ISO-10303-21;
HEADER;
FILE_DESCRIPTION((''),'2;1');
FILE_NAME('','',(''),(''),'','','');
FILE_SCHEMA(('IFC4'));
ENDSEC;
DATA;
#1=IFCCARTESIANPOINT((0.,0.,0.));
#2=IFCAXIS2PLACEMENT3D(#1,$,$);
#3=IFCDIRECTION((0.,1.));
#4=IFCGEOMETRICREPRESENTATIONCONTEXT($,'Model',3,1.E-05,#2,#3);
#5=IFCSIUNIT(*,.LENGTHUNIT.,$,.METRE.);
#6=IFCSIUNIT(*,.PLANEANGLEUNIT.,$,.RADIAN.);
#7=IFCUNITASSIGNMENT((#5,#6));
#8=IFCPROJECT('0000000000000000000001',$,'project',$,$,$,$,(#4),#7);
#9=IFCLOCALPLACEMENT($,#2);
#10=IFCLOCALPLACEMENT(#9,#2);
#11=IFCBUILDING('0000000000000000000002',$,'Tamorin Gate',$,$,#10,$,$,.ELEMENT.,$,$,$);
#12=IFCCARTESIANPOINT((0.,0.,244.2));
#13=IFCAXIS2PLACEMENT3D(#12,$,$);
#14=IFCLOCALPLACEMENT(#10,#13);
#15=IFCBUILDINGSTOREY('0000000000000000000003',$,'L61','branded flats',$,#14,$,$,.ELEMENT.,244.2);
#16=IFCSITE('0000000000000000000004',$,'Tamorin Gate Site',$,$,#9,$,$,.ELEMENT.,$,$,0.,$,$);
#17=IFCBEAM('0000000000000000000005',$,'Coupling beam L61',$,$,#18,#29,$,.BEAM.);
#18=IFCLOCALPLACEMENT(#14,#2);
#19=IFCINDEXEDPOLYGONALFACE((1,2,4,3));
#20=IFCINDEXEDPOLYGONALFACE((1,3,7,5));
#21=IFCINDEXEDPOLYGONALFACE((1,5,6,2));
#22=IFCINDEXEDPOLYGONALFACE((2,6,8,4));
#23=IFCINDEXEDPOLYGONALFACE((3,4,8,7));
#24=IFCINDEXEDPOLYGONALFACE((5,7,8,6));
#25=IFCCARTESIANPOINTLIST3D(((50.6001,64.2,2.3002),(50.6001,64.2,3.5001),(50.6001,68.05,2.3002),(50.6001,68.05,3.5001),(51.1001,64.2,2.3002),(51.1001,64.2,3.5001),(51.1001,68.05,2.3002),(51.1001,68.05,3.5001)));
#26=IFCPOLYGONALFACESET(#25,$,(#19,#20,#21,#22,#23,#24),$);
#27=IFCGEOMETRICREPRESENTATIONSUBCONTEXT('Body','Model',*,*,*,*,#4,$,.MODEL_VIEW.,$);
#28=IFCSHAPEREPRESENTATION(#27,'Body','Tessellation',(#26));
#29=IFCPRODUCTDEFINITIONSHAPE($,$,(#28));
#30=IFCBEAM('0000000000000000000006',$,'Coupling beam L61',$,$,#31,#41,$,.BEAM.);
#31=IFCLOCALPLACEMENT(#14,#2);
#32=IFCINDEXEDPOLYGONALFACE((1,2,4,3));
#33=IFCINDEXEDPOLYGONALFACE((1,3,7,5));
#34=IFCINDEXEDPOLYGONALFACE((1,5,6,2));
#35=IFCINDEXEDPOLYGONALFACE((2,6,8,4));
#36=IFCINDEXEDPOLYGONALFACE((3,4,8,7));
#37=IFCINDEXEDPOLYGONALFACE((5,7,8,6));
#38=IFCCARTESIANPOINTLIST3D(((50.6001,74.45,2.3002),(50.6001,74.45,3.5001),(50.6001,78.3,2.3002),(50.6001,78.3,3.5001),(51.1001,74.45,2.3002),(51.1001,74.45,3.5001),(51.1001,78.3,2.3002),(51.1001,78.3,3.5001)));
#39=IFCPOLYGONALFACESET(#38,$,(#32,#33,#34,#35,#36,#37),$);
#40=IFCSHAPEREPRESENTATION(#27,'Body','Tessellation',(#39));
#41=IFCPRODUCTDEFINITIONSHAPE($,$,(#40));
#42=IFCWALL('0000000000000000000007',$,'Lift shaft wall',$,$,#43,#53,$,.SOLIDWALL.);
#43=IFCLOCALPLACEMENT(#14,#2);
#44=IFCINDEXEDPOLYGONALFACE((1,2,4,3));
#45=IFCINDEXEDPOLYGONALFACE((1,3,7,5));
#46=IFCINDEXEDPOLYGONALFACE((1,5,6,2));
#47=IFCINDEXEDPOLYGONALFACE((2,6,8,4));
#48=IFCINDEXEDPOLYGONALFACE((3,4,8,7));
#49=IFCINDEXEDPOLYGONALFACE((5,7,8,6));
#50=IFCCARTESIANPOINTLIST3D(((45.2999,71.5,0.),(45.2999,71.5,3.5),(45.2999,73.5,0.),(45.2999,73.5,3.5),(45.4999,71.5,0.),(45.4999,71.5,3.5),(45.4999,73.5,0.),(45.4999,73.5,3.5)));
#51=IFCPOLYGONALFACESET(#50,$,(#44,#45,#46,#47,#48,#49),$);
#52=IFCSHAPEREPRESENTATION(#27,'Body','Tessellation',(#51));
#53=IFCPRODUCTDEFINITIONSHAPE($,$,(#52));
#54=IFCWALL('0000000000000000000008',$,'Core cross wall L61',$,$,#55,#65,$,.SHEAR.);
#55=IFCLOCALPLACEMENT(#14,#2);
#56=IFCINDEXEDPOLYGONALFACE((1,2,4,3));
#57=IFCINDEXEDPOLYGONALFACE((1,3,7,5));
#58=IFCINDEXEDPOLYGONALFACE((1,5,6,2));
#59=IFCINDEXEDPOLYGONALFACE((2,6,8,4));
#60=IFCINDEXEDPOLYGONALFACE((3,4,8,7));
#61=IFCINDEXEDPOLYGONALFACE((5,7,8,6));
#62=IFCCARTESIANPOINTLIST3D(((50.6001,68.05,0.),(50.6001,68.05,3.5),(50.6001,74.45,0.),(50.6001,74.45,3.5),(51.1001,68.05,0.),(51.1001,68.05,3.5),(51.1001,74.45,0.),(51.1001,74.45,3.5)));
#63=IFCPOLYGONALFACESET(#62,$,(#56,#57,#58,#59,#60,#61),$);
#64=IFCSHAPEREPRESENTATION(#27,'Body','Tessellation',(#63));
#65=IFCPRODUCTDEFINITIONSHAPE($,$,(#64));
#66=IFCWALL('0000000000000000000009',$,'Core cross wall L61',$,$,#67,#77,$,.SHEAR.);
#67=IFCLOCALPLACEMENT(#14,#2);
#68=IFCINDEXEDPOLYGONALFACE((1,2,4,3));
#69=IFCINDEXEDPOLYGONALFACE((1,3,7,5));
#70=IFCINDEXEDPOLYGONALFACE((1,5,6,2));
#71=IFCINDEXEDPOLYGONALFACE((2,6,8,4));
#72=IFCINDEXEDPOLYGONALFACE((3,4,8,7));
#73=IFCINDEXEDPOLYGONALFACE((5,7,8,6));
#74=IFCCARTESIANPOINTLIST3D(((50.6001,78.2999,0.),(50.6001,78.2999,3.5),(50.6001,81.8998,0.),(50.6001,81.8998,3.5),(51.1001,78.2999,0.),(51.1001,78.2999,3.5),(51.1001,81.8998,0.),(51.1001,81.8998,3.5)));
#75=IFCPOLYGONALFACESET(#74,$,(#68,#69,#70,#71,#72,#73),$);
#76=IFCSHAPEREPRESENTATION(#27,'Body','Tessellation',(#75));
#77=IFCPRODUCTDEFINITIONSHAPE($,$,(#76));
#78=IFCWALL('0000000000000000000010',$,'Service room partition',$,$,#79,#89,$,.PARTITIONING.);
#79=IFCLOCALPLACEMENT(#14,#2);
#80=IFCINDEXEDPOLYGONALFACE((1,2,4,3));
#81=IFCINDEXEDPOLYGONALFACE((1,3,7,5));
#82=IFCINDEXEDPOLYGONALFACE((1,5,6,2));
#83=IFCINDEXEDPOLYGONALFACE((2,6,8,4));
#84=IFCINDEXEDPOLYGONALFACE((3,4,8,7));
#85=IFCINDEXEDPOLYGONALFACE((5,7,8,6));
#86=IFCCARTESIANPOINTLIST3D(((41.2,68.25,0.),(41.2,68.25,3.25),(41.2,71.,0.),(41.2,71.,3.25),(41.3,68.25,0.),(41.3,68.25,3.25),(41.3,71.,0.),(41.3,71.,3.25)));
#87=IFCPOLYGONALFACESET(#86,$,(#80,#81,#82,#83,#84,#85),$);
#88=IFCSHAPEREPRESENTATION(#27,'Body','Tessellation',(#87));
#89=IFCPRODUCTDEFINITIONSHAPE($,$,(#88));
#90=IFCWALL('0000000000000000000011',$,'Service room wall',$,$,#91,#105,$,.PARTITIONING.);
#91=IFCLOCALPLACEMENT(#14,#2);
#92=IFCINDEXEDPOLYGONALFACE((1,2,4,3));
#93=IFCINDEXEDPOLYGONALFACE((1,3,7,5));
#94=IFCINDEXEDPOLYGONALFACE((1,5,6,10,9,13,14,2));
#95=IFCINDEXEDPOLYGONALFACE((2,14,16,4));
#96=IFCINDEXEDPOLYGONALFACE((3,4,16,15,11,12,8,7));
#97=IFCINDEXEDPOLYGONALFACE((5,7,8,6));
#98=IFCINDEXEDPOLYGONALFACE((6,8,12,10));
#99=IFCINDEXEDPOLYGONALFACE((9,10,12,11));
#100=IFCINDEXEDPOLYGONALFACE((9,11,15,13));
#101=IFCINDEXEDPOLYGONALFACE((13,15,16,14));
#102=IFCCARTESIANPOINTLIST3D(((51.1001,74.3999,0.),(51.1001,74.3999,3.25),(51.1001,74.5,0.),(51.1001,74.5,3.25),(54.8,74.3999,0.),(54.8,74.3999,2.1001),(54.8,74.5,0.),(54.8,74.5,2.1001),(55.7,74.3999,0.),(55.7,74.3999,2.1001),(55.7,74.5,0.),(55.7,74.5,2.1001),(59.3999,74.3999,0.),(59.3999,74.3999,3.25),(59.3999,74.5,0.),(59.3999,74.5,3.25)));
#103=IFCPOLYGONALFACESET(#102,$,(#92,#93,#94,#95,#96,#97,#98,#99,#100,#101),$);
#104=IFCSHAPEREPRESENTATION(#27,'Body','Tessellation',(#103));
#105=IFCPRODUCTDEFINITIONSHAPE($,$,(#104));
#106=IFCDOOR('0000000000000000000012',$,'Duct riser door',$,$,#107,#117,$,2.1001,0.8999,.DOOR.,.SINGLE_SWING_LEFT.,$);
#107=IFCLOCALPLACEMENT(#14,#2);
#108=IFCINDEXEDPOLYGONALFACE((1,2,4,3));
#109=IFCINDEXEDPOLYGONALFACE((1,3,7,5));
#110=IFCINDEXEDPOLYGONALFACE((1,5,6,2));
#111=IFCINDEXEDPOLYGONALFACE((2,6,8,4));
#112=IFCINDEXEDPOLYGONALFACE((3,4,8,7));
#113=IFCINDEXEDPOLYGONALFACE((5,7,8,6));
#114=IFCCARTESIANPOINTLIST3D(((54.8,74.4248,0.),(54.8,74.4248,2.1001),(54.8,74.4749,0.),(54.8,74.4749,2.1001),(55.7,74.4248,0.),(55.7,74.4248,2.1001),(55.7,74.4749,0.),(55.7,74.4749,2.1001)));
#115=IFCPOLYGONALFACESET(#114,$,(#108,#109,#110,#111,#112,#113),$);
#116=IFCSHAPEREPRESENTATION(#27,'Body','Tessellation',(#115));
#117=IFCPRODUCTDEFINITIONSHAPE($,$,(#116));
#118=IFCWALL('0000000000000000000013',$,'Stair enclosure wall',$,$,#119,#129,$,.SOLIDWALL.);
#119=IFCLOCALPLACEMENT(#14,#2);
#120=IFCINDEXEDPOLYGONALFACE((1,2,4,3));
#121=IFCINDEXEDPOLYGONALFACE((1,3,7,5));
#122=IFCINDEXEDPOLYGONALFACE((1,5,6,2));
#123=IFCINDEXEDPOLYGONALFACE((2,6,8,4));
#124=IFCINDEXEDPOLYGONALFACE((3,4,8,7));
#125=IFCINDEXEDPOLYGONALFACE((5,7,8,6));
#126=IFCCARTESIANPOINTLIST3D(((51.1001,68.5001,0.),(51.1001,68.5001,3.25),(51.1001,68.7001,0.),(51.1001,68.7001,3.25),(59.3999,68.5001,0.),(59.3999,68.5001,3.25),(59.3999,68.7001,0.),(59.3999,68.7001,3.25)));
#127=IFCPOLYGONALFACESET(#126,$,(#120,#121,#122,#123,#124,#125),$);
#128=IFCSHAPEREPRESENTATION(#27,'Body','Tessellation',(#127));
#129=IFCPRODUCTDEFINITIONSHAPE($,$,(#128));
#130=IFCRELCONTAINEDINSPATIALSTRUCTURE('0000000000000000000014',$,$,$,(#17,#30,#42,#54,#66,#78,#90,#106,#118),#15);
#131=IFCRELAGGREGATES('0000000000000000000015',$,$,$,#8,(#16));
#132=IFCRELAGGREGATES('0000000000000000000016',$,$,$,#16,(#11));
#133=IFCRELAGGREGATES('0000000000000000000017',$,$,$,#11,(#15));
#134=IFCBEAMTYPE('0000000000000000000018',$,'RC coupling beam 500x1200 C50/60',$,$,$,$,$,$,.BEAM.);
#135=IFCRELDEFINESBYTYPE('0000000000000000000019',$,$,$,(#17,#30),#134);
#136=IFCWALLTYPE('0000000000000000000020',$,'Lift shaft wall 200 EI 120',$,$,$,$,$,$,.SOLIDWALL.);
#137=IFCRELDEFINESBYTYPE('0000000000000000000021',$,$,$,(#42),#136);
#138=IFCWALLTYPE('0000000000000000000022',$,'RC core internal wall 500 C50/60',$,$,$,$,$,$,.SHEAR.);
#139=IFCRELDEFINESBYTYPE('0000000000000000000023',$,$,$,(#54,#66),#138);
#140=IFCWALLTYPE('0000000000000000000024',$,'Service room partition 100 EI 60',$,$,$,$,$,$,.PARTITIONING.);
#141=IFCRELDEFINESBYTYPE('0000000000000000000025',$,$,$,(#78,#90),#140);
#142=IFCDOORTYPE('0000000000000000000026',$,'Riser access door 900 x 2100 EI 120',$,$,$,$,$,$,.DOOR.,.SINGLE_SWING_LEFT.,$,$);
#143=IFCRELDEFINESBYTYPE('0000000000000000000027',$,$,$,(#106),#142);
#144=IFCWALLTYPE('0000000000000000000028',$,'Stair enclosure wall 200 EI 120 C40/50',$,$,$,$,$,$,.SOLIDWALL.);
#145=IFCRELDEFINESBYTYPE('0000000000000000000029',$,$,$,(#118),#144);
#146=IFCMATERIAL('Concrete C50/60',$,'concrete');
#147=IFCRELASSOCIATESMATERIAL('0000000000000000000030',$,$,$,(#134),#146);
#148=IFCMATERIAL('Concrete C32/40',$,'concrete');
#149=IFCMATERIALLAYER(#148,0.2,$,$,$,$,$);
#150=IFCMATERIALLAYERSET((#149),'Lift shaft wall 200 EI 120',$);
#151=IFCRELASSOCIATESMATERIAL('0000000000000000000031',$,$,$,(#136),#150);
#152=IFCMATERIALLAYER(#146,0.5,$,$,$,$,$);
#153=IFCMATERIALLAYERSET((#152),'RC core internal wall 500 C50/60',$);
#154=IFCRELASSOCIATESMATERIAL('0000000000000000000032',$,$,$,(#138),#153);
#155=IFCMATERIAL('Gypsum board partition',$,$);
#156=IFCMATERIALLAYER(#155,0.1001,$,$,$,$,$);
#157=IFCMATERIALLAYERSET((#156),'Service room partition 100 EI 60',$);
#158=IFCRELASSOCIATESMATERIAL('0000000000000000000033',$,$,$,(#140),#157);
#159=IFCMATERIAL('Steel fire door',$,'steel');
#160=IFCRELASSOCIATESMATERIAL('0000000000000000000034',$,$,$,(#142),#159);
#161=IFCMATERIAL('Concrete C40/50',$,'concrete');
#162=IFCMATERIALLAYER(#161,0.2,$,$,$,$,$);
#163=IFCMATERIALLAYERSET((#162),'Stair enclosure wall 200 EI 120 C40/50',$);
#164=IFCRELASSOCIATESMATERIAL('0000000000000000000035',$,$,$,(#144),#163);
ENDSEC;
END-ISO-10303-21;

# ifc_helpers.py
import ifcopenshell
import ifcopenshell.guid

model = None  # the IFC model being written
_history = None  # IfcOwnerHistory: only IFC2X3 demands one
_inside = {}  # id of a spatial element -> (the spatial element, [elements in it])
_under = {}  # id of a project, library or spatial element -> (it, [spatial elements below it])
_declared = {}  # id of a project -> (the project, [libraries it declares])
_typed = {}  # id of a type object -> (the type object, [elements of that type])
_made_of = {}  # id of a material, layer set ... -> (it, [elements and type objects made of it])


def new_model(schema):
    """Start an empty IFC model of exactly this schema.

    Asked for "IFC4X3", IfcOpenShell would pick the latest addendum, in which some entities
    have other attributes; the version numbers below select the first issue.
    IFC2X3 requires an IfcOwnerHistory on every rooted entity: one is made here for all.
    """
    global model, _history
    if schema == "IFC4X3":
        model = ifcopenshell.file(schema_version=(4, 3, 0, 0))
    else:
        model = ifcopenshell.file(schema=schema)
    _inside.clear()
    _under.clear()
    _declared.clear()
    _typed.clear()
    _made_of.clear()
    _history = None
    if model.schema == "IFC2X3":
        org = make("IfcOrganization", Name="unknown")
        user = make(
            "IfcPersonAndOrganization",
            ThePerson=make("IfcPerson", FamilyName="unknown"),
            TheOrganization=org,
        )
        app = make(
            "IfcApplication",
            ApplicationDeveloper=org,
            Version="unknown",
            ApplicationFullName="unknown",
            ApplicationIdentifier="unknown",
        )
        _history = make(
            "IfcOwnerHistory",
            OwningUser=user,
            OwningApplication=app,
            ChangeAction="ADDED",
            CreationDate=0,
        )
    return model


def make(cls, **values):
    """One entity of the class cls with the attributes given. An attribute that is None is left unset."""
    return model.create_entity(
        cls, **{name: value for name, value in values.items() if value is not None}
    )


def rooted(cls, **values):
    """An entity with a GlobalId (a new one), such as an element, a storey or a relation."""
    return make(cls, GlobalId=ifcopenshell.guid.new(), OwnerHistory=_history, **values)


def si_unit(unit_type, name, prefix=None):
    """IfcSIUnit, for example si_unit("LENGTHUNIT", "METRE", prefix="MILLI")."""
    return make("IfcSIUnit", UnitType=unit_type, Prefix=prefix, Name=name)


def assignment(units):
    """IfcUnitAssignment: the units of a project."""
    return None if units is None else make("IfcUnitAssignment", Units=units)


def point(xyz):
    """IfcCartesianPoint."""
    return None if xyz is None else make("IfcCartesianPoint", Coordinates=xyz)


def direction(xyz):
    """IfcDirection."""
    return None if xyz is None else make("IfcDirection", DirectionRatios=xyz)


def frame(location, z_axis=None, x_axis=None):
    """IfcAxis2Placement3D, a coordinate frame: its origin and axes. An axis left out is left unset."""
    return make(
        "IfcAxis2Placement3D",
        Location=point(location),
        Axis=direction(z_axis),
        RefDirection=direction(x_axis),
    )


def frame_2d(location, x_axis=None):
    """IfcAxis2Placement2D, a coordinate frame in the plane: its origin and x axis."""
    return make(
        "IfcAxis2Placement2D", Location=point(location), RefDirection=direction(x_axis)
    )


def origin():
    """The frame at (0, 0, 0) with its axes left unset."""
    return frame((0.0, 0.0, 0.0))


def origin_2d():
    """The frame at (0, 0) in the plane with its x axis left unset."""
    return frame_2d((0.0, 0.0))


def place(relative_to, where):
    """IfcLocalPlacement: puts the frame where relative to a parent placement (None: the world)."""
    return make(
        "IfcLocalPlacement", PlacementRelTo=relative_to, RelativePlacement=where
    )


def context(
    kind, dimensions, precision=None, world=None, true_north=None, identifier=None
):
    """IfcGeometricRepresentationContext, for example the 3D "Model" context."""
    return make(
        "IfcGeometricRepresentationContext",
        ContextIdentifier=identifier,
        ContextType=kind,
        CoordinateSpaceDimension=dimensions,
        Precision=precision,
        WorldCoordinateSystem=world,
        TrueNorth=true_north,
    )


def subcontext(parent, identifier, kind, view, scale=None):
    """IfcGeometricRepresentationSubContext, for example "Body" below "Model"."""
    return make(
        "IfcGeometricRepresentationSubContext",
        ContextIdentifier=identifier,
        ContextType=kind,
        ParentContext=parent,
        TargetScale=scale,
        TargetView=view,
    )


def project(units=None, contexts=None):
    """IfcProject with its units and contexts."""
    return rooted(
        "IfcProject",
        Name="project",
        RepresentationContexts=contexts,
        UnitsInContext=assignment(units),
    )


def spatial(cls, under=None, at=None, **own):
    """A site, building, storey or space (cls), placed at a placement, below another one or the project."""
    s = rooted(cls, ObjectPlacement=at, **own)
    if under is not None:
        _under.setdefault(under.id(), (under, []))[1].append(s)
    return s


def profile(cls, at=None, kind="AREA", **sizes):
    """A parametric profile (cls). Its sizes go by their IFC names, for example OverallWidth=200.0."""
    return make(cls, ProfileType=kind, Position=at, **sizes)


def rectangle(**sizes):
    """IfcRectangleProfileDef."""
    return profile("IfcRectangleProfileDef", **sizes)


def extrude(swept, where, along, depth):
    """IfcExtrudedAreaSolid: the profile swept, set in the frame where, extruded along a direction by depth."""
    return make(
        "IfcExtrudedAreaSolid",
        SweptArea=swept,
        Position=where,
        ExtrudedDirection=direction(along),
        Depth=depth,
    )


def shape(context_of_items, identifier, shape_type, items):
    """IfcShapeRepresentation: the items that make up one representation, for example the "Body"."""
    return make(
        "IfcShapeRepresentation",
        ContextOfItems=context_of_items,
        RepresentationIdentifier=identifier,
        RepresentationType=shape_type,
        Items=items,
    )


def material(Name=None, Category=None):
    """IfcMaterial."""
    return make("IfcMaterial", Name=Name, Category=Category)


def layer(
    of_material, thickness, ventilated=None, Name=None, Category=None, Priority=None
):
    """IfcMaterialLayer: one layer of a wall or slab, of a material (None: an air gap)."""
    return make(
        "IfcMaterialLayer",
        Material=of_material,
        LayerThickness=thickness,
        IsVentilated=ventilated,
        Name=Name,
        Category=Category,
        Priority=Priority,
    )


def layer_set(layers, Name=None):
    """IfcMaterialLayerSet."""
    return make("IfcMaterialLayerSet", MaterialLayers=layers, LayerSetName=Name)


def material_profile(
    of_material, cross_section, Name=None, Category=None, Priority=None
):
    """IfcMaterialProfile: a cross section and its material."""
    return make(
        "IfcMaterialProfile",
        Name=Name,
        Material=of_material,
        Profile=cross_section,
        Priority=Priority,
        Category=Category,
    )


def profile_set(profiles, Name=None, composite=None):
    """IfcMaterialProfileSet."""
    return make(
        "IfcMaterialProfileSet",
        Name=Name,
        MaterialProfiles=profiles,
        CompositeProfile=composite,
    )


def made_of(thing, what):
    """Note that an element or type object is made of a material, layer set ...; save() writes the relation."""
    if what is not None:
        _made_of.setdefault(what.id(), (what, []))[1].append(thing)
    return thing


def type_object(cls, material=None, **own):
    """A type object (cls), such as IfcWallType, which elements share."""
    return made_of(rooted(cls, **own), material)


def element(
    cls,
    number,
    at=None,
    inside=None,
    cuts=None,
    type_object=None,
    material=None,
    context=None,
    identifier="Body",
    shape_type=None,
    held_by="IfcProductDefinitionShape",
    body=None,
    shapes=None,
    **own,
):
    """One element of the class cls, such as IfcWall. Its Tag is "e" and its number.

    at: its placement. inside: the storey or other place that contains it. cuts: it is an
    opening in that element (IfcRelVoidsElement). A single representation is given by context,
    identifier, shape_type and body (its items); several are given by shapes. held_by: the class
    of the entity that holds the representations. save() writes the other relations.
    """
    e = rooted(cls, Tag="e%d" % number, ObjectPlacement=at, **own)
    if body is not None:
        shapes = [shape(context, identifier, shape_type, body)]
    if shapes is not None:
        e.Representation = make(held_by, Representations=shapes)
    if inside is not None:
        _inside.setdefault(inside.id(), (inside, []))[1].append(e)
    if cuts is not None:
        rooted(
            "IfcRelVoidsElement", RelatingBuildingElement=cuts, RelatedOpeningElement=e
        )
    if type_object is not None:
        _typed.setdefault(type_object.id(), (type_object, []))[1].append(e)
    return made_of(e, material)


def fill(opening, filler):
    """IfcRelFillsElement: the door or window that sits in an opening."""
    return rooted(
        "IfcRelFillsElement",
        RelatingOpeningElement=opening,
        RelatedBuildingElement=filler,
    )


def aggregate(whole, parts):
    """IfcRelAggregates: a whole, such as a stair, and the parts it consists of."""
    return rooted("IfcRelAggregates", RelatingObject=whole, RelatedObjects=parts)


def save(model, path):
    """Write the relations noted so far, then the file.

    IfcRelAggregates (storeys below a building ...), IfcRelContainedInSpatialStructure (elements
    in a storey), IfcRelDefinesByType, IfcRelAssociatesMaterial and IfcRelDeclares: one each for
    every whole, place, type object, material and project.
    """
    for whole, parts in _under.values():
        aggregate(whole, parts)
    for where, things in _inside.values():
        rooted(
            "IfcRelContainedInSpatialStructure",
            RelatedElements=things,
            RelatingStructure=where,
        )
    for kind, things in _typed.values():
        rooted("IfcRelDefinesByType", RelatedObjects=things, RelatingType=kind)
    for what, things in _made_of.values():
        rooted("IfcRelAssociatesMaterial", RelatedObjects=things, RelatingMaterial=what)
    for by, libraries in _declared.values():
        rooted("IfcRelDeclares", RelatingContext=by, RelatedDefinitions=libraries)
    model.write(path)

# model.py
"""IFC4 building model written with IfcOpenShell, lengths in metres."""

from ifc_helpers import new_model, si_unit, direction, frame, frame_2d, origin, origin_2d, place, context, subcontext, project, spatial, rectangle, extrude, material, layer, layer_set, material_profile, profile_set, type_object, element, fill, save


model = new_model("IFC4")

# Units and contexts
model_context = context("Model", 3, precision=1e-05, world=origin(), true_north=direction((0.0, 1.0)))
body_context = subcontext(model_context, "Body", "Model", "MODEL_VIEW")
ifc_project = project(units=[si_unit("LENGTHUNIT", "METRE"), si_unit("PLANEANGLEUNIT", "RADIAN")], contexts=[model_context])

# Site, building, storey
site_placement = place(None, origin())
site = spatial("IfcSite", under=ifc_project, at=site_placement, Name="Tamorin Gate Site", CompositionType="ELEMENT", RefElevation=0.0)
building_placement = place(site_placement, origin())
building = spatial("IfcBuilding", under=site, at=building_placement, Name="Tamorin Gate", CompositionType="ELEMENT")
storey_placement = place(building_placement, frame((0.0, 0.0, 244.2)))
storey = spatial("IfcBuildingStorey", under=building, at=storey_placement, Name="L61", Description="branded flats", CompositionType="ELEMENT", Elevation=244.2)

# Beams
ifc_material_1 = material(Name="Concrete C50/60", Category="concrete")
ifc_material_profile = material_profile(ifc_material_1, rectangle(XDim=0.5, YDim=1.2, at=origin_2d()), Name="RC 500x1200")
ifc_profile_set = profile_set([ifc_material_profile], Name="Concrete C50/60")
beam_type = type_object("IfcBeamType", Name="RC coupling beam 500x1200 C50/60", PredefinedType="BEAM", material=ifc_profile_set)
for number, where, z_axis, x_axis, name in (
    (1, (50.8501, 64.2, 2.9001), (0.0, 1.0, 0.0), (-1.0, 0.0, 0.0), "Coupling beam L61"),
    (2, (50.8501, 74.45, 2.9001), (0.0, 1.0, 0.0), (-1.0, 0.0, 0.0), "Coupling beam L61"),
):
    element("IfcBeam", number, at=place(storey_placement, frame(where, z_axis=z_axis, x_axis=x_axis)), inside=storey, type_object=beam_type, Name=name, PredefinedType="BEAM", context=body_context, shape_type="SweptSolid", body=[
        extrude(rectangle(XDim=0.5, YDim=1.2, at=origin_2d()), origin(), (0.0, 0.0, 1.0), 3.8501),
    ])

# Walls
ifc_material_2 = material(Name="Concrete C32/40", Category="concrete")
ifc_layer_1 = layer(ifc_material_2, 0.2)
ifc_layer_set_1 = layer_set([ifc_layer_1], Name="Lift shaft wall 200 EI 120")
wall_type_1 = type_object("IfcWallType", Name="Lift shaft wall 200 EI 120", PredefinedType="SOLIDWALL", material=ifc_layer_set_1)
wall_1_placement = place(storey_placement, frame((45.3999, 71.5, 0.0), z_axis=(0.0, 0.0, 1.0), x_axis=(0.0, 1.0, 0.0)))
element("IfcWall", 3, at=wall_1_placement, inside=storey, type_object=wall_type_1, Name="Lift shaft wall", PredefinedType="SOLIDWALL", context=body_context, shape_type="SweptSolid", body=[
    extrude(rectangle(XDim=2.0, YDim=0.2, at=frame_2d((1.0, 0.0))), origin(), (0.0, 0.0, 1.0), 3.5),
])
ifc_layer_2 = layer(ifc_material_1, 0.5)
ifc_layer_set_2 = layer_set([ifc_layer_2], Name="RC core internal wall 500 C50/60")
wall_type_2 = type_object("IfcWallType", Name="RC core internal wall 500 C50/60", PredefinedType="SHEAR", material=ifc_layer_set_2)
wall_2_placement = place(storey_placement, frame((50.8501, 68.05, 0.0), z_axis=(0.0, 0.0, 1.0), x_axis=(0.0, 1.0, 0.0)))
element("IfcWall", 4, at=wall_2_placement, inside=storey, type_object=wall_type_2, Name="Core cross wall L61", PredefinedType="SHEAR", context=body_context, shape_type="SweptSolid", body=[
    extrude(rectangle(XDim=6.3999, YDim=0.5, at=frame_2d((3.2, 0.0))), origin(), (0.0, 0.0, 1.0), 3.5),
])
wall_3_placement = place(storey_placement, frame((50.8501, 78.3, 0.0), z_axis=(0.0, 0.0, 1.0), x_axis=(0.0, 1.0, 0.0)))
element("IfcWall", 5, at=wall_3_placement, inside=storey, type_object=wall_type_2, Name="Core cross wall L61", PredefinedType="SHEAR", context=body_context, shape_type="SweptSolid", body=[
    extrude(rectangle(XDim=3.5999, YDim=0.5, at=frame_2d((1.7998, 0.0))), origin(), (0.0, 0.0, 1.0), 3.5),
])
ifc_material_3 = material(Name="Gypsum board partition")
ifc_layer_3 = layer(ifc_material_3, 0.1001)
ifc_layer_set_3 = layer_set([ifc_layer_3], Name="Service room partition 100 EI 60")
wall_type_3 = type_object("IfcWallType", Name="Service room partition 100 EI 60", PredefinedType="PARTITIONING", material=ifc_layer_set_3)
wall_4_placement = place(storey_placement, frame((41.25, 68.25, 0.0), z_axis=(0.0, 0.0, 1.0), x_axis=(0.0, 1.0, 0.0)))
element("IfcWall", 6, at=wall_4_placement, inside=storey, type_object=wall_type_3, Name="Service room partition", PredefinedType="PARTITIONING", context=body_context, shape_type="SweptSolid", body=[
    extrude(rectangle(XDim=2.75, YDim=0.1001, at=frame_2d((1.375, 0.0))), origin(), (0.0, 0.0, 1.0), 3.25),
])

# Wall, opening, door
wall_5_placement = place(storey_placement, frame((51.1001, 74.45, 0.0), z_axis=(0.0, 0.0, 1.0), x_axis=(1.0, 0.0, 0.0)))
wall_5 = element("IfcWall", 7, at=wall_5_placement, inside=storey, type_object=wall_type_3, Name="Service room wall", PredefinedType="PARTITIONING", context=body_context, shape_type="SweptSolid", body=[
    extrude(rectangle(XDim=8.2998, YDim=0.1001, at=frame_2d((4.1499, 0.0))), origin(), (0.0, 0.0, 1.0), 3.25),
])
opening_placement = place(wall_5_placement, frame((3.7, 0.0, 0.0)))
opening = element("IfcOpeningElement", 8, at=opening_placement, cuts=wall_5, PredefinedType="OPENING", context=body_context, shape_type="SweptSolid", body=[
    extrude(rectangle(XDim=0.8999, YDim=2.1001, at=frame_2d((0.45, 1.05))), frame((0.0, 0.0601, 0.0), z_axis=(0.0, -1.0, 0.0), x_axis=(1.0, 0.0, 0.0)), (0.0, 0.0, 1.0), 0.1201),
])
ifc_material_4 = material(Name="Steel fire door", Category="steel")
door_type = type_object("IfcDoorType", Name="Riser access door 900 x 2100 EI 120", OperationType="SINGLE_SWING_LEFT", PredefinedType="DOOR", material=ifc_material_4)
door_placement = place(opening_placement, origin())
door = element("IfcDoor", 9, at=door_placement, inside=storey, type_object=door_type, Name="Duct riser door", OperationType="SINGLE_SWING_LEFT", OverallHeight=2.1001, OverallWidth=0.8999, PredefinedType="DOOR", context=body_context, shape_type="SweptSolid", body=[
    extrude(rectangle(XDim=0.8999, YDim=2.1001, at=frame_2d((0.45, 1.05))), frame((0.0, 0.0249, 0.0), z_axis=(0.0, -1.0, 0.0), x_axis=(1.0, 0.0, 0.0)), (0.0, 0.0, 1.0), 0.05),
])
fill(opening, door)

# Wall
ifc_material_5 = material(Name="Concrete C40/50", Category="concrete")
ifc_layer_4 = layer(ifc_material_5, 0.2)
ifc_layer_set_4 = layer_set([ifc_layer_4], Name="Stair enclosure wall 200 EI 120 C40/50")
wall_type_4 = type_object("IfcWallType", Name="Stair enclosure wall 200 EI 120 C40/50", PredefinedType="SOLIDWALL", material=ifc_layer_set_4)
wall_6_placement = place(storey_placement, frame((51.1001, 68.6001, 0.0), z_axis=(0.0, 0.0, 1.0), x_axis=(1.0, 0.0, 0.0)))
element("IfcWall", 10, at=wall_6_placement, inside=storey, type_object=wall_type_4, Name="Stair enclosure wall", PredefinedType="SOLIDWALL", context=body_context, shape_type="SweptSolid", body=[
    extrude(rectangle(XDim=8.2998, YDim=0.2, at=frame_2d((4.1499, 0.0))), origin(), (0.0, 0.0, 1.0), 3.25),
])

save(model, "model.ifc")
